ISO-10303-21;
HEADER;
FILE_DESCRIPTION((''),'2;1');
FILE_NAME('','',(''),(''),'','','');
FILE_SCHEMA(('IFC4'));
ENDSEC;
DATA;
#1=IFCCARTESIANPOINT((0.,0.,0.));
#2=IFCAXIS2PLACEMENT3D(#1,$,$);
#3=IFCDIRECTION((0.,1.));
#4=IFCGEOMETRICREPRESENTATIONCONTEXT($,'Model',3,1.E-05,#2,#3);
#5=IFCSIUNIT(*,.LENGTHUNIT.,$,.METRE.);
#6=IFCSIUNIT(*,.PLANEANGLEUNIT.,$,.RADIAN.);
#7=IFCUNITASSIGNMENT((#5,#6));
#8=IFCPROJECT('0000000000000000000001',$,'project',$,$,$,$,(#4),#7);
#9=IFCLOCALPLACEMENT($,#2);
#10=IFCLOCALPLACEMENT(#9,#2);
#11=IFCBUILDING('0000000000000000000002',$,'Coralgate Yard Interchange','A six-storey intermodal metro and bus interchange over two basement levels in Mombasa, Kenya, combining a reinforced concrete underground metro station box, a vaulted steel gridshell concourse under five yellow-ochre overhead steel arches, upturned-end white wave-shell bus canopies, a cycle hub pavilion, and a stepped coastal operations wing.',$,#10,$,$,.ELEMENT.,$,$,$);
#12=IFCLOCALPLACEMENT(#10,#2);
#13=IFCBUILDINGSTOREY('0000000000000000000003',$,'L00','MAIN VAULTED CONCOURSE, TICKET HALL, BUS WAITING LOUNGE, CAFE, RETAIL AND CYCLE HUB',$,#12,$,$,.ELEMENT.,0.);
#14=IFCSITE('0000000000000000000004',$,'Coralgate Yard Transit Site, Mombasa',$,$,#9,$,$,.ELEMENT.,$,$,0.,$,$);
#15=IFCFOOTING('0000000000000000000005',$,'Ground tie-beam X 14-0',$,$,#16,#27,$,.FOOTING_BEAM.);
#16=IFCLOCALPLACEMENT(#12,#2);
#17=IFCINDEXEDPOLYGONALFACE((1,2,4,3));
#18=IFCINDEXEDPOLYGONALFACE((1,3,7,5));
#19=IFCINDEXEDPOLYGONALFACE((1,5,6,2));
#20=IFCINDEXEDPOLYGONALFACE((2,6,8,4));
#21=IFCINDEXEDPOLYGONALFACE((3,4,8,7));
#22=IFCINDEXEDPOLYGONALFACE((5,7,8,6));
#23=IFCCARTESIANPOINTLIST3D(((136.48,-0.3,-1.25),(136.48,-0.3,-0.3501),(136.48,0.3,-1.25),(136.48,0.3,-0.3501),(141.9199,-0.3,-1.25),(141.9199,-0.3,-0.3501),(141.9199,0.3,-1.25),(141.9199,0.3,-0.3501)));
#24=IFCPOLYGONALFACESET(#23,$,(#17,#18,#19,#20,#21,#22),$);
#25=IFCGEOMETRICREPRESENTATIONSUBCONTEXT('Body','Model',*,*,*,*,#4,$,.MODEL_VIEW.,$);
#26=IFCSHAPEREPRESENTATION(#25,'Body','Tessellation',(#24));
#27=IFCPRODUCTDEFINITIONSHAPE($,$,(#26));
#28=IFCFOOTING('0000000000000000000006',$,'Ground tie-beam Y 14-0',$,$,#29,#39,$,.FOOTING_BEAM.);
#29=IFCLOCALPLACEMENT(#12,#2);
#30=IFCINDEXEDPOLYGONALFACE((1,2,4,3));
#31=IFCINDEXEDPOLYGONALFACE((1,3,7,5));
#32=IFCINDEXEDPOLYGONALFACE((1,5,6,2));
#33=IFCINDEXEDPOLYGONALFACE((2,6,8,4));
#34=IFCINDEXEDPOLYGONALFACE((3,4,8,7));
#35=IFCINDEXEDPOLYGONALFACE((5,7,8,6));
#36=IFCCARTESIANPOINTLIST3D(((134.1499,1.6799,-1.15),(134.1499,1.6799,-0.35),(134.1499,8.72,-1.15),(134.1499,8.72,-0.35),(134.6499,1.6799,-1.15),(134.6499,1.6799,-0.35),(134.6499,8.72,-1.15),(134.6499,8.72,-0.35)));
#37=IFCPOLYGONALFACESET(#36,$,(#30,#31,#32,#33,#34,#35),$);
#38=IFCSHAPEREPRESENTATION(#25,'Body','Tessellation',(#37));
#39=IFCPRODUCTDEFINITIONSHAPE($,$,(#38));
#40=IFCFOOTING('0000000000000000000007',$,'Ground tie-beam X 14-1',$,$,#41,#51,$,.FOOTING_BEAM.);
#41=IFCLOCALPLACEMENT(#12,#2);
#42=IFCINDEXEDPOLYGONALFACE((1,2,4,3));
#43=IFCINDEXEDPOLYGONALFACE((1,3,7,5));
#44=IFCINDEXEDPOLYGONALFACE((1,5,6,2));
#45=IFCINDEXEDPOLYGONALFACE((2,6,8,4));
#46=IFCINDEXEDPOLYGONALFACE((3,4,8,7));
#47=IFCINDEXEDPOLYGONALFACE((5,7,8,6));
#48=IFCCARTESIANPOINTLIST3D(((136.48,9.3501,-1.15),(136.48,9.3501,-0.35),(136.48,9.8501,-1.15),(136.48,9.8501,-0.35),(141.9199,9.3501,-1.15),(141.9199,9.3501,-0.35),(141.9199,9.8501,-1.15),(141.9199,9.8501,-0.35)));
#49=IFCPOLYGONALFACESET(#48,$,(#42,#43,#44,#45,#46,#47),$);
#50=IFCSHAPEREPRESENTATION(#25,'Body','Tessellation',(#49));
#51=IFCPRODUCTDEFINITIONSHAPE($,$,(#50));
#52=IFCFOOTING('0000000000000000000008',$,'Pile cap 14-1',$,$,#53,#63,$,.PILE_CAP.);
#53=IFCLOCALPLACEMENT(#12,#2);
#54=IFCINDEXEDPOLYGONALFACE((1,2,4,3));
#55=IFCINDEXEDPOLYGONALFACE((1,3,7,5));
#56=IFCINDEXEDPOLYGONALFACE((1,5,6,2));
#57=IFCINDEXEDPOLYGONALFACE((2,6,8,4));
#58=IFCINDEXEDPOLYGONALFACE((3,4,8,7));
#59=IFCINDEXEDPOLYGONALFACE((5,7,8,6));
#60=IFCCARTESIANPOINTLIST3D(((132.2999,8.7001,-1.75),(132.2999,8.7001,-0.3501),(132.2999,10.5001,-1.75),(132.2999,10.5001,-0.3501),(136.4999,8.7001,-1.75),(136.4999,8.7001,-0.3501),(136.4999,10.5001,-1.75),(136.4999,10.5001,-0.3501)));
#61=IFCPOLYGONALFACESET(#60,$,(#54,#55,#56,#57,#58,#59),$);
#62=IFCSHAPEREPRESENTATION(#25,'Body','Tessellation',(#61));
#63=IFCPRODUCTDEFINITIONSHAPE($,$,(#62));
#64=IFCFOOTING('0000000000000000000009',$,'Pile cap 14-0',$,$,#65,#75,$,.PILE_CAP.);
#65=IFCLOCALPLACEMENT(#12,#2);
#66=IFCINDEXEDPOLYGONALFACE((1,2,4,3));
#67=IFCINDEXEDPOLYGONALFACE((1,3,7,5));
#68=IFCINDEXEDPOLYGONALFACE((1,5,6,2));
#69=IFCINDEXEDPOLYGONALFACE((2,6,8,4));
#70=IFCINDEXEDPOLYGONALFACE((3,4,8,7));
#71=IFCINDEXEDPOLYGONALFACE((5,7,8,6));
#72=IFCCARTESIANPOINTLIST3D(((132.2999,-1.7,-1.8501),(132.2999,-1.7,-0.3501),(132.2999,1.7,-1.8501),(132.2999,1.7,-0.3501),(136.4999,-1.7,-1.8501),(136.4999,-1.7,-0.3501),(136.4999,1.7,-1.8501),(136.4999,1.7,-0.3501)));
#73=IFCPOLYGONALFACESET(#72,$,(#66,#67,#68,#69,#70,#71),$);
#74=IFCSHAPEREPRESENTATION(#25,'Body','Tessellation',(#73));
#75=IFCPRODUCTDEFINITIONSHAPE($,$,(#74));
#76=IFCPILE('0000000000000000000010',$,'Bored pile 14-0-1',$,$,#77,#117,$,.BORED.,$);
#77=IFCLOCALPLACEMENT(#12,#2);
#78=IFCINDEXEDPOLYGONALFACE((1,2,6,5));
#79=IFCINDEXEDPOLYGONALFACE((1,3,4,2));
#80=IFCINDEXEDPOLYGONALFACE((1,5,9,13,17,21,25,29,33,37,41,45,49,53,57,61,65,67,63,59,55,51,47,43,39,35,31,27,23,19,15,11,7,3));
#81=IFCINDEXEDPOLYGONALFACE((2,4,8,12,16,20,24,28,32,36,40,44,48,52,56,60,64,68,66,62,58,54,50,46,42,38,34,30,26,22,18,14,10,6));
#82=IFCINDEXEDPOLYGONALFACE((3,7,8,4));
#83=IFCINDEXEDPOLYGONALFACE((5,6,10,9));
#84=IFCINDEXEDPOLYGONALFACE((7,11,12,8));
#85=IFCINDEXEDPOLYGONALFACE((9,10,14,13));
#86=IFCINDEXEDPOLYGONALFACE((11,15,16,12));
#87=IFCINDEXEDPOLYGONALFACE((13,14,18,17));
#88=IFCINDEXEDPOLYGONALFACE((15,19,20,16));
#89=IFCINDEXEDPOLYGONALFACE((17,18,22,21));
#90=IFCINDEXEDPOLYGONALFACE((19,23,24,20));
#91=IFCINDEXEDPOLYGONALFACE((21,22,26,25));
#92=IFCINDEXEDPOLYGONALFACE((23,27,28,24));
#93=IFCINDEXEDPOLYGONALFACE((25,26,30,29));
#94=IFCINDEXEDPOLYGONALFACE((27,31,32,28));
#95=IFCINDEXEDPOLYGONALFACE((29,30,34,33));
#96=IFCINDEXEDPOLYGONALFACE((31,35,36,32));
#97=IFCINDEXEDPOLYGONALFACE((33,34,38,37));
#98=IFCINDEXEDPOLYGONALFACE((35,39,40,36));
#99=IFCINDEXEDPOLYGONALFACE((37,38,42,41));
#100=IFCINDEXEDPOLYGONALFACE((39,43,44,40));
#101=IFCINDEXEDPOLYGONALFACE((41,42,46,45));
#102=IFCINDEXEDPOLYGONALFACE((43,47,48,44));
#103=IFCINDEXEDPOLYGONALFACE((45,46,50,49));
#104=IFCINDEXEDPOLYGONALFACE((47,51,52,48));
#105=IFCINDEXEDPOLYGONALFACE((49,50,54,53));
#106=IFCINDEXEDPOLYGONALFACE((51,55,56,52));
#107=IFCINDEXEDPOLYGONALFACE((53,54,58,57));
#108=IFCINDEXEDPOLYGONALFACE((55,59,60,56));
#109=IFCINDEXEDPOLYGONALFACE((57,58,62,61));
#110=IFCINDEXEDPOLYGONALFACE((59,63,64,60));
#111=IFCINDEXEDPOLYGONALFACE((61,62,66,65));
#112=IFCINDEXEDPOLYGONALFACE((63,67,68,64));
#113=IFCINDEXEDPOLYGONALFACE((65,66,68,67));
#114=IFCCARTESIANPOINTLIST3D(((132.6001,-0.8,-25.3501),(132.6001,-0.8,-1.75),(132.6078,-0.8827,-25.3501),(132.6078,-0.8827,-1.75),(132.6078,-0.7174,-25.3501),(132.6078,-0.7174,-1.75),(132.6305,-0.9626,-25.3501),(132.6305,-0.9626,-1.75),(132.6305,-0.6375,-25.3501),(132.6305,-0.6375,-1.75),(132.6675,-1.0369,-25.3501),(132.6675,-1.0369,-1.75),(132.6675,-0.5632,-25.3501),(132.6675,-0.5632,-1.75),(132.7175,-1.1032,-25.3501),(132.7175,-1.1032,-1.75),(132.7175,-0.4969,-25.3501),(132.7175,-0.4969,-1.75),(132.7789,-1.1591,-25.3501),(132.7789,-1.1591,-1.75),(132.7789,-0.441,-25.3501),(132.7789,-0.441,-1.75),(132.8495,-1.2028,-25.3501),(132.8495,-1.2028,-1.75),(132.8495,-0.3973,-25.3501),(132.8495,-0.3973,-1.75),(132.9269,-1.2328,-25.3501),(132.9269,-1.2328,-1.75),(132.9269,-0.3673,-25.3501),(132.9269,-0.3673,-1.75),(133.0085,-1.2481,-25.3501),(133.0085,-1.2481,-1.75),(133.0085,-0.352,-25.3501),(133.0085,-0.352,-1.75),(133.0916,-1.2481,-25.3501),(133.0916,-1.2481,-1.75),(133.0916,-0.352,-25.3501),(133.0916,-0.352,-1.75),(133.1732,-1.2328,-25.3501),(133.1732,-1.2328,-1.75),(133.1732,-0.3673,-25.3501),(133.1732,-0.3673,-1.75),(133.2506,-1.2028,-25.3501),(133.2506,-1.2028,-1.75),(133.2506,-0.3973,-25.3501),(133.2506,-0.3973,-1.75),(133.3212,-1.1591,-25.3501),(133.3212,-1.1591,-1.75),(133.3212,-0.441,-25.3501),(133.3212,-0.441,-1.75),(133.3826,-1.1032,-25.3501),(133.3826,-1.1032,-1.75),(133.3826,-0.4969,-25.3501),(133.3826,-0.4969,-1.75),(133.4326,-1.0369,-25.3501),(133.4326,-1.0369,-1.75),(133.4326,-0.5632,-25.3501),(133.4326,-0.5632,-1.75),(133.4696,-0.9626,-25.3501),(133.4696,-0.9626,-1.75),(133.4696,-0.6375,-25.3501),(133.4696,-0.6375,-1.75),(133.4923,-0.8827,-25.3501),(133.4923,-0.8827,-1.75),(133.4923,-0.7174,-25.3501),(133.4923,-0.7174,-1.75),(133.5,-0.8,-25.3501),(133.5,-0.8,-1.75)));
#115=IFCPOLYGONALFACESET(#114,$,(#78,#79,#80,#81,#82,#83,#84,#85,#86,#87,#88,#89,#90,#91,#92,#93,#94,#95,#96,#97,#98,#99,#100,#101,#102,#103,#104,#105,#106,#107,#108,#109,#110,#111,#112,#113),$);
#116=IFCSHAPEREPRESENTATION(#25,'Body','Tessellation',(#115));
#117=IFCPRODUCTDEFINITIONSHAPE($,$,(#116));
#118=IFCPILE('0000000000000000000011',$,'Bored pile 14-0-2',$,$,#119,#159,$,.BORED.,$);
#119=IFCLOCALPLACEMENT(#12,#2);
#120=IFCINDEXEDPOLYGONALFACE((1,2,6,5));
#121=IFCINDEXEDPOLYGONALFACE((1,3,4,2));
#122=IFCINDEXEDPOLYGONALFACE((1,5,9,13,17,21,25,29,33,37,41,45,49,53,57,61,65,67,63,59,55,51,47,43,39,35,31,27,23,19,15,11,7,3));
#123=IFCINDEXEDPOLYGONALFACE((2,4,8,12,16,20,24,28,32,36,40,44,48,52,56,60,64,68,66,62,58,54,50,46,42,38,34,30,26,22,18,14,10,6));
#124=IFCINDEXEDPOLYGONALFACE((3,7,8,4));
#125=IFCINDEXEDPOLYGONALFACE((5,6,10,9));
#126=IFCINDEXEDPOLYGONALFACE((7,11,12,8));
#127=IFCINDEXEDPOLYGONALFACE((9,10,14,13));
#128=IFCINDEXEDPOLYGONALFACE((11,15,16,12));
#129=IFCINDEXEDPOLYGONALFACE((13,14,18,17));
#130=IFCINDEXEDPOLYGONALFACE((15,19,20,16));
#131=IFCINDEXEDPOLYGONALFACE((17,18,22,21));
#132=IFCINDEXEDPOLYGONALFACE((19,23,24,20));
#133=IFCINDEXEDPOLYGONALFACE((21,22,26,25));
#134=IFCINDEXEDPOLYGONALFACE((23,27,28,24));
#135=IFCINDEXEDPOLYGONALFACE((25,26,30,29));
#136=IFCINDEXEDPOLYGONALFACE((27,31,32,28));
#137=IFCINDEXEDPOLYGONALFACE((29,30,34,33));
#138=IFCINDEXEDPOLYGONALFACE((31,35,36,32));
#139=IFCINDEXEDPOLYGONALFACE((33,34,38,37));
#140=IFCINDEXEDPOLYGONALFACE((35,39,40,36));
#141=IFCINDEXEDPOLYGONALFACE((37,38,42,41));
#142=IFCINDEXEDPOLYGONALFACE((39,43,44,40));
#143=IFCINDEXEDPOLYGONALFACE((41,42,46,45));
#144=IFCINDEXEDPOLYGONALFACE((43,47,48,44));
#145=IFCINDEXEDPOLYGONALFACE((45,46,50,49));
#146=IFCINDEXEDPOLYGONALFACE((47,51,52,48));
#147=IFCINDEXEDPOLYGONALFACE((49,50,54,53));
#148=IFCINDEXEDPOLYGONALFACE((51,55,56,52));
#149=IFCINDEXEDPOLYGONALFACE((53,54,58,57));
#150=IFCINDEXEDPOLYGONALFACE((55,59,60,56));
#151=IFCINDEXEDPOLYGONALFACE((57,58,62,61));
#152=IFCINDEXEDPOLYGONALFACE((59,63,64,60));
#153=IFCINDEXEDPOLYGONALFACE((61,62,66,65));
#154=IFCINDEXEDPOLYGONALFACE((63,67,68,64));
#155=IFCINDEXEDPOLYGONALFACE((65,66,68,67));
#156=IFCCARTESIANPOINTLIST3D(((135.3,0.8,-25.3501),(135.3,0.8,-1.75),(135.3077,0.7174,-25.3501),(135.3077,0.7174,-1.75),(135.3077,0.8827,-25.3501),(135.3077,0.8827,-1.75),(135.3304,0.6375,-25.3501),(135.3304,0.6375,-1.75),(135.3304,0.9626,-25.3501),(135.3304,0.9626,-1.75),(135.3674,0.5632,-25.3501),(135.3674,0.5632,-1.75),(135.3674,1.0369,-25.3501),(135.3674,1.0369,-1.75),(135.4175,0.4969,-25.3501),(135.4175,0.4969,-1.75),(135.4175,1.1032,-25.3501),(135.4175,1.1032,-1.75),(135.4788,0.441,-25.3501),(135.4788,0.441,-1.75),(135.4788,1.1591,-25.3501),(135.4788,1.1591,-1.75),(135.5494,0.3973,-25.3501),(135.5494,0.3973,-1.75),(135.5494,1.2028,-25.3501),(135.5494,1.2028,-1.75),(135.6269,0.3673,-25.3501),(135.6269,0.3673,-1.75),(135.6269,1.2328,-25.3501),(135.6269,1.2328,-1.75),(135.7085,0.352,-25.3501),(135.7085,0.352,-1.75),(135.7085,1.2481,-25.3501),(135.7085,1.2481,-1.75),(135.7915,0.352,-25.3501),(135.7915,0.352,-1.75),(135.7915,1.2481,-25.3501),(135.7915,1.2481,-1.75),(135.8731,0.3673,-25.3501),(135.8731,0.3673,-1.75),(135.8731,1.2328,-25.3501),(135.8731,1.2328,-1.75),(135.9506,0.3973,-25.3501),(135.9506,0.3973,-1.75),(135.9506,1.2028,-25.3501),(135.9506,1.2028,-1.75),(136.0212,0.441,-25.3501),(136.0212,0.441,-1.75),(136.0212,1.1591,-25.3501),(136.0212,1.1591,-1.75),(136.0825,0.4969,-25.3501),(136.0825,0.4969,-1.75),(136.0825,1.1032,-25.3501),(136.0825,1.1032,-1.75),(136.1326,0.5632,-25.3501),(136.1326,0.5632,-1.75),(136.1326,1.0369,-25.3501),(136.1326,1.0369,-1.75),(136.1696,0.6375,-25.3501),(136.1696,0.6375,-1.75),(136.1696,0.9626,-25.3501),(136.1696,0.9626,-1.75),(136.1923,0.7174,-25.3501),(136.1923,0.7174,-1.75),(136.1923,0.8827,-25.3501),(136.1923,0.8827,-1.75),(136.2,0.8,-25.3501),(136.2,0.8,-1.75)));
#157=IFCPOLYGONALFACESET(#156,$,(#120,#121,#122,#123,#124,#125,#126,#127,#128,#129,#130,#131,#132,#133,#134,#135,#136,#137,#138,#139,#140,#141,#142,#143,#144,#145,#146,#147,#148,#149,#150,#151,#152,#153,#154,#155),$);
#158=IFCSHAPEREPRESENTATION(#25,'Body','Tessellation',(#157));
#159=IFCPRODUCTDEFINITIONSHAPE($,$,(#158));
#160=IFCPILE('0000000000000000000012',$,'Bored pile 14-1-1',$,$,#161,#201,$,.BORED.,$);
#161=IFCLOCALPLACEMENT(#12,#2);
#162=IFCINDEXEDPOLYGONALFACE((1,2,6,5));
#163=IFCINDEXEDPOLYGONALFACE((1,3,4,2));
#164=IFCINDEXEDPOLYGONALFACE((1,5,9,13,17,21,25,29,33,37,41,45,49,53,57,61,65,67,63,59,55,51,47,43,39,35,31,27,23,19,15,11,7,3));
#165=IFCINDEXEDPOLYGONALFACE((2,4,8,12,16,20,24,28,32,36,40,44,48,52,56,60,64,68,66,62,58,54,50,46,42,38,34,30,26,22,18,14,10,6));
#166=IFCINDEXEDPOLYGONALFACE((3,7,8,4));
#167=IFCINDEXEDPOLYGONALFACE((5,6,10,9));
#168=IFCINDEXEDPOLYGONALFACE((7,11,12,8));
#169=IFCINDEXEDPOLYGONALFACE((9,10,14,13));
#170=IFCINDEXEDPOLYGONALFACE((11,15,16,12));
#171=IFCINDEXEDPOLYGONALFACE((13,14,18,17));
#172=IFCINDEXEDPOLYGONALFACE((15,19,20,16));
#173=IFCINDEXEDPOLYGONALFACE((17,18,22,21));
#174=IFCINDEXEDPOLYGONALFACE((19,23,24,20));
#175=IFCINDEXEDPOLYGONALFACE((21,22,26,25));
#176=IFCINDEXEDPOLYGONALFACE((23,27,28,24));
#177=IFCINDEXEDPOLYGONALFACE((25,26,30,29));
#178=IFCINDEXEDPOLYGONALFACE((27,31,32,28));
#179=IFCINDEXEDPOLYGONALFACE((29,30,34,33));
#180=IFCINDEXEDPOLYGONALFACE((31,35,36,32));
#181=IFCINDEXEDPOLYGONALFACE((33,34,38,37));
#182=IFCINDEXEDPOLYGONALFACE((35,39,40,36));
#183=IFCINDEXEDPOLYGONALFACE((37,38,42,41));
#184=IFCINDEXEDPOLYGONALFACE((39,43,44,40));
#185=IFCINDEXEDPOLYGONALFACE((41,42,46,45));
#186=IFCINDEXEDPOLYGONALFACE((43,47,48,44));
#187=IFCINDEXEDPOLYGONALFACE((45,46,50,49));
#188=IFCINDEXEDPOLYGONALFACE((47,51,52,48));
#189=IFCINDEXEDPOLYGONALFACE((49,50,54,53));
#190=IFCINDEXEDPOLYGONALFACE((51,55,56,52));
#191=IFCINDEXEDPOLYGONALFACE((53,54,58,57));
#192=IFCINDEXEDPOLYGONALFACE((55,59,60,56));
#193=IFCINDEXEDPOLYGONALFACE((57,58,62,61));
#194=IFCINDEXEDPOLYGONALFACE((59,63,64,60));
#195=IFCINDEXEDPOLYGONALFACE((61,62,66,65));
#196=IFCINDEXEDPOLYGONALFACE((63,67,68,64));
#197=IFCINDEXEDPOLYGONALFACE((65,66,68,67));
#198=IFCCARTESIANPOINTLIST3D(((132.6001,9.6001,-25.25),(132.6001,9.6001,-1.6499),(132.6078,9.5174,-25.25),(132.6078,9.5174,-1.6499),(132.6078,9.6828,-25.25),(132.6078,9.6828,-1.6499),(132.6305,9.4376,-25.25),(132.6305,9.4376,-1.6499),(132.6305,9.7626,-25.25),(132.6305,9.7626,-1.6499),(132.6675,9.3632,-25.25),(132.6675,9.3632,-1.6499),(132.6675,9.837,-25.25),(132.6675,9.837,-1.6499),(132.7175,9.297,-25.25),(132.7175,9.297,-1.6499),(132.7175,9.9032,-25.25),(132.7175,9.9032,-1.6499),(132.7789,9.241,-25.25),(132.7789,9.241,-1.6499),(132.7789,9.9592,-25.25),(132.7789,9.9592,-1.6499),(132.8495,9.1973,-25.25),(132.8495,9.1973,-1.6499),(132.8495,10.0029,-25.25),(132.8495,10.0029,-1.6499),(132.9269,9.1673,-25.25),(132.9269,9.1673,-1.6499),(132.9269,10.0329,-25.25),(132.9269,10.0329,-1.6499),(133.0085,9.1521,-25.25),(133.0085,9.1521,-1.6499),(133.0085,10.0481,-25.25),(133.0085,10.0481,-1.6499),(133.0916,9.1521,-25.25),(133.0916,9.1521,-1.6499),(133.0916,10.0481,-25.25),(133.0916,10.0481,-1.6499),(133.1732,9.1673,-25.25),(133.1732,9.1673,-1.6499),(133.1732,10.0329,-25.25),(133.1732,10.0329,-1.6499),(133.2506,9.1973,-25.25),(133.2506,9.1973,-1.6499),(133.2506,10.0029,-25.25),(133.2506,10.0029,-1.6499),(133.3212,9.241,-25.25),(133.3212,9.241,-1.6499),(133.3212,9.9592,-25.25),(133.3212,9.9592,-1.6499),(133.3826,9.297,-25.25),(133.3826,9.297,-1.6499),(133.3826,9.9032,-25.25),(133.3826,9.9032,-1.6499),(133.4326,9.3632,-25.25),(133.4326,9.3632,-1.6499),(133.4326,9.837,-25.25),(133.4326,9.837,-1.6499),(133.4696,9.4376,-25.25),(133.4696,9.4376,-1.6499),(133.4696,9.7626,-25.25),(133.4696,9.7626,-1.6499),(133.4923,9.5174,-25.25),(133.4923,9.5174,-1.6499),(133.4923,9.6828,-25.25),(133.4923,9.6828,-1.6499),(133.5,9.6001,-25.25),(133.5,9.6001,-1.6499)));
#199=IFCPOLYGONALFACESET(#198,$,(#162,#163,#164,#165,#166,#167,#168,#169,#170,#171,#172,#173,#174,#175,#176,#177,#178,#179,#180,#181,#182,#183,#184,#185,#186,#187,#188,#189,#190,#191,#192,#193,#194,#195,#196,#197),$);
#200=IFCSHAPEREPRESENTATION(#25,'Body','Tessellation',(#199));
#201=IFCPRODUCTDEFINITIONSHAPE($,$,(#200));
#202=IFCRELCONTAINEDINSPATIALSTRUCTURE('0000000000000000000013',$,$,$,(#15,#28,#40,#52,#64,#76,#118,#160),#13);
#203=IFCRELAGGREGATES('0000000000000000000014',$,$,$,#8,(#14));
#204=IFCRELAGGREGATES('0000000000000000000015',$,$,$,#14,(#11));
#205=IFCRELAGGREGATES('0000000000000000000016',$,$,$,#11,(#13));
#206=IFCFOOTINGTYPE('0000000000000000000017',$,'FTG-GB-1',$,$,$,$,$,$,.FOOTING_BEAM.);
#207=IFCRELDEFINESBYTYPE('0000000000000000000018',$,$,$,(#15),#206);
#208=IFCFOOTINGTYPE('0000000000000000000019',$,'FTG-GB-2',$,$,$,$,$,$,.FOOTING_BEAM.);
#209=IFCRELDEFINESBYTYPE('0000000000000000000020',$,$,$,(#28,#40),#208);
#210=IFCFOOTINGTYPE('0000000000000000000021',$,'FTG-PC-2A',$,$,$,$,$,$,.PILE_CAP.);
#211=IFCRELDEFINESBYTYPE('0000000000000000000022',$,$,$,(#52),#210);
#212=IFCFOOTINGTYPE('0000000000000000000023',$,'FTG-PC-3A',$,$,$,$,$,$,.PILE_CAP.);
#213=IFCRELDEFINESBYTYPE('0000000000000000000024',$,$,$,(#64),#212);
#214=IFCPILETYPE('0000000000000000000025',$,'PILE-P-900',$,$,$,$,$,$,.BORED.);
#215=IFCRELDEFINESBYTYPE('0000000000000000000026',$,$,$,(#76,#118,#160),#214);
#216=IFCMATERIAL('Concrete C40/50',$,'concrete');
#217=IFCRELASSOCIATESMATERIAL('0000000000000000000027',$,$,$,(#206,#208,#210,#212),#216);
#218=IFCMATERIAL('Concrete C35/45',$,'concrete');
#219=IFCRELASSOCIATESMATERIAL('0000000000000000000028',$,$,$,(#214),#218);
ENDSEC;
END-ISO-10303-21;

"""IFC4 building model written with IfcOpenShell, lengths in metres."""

from ifc_helpers import new_model, si_unit, direction, frame, origin, origin_2d, place, context, subcontext, project, spatial, rectangle, circle, extrude, material, material_profile, profile_set, type_object, element, save


model = new_model("IFC4")

# Units and contexts
model_context = context("Model", 3, precision=1e-05, world=origin(), true_north=direction((0.0, 1.0)))
body_context = subcontext(model_context, "Body", "Model", "MODEL_VIEW")
ifc_project = project(units=[si_unit("LENGTHUNIT", "METRE"), si_unit("PLANEANGLEUNIT", "RADIAN")], contexts=[model_context])

# Site, building, storey
site_placement = place(None, origin())
site = spatial("IfcSite", under=ifc_project, at=site_placement, Name="Coralgate Yard Transit Site, Mombasa", CompositionType="ELEMENT", RefElevation=0.0)
building_placement = place(site_placement, origin())
building = spatial("IfcBuilding", under=site, at=building_placement, Name="Coralgate Yard Interchange", Description="A six-storey intermodal metro and bus interchange over two basement levels in Mombasa, Kenya, combining a reinforced concrete underground metro station box, a vaulted steel gridshell concourse under five yellow-ochre overhead steel arches, upturned-end white wave-shell bus canopies, a cycle hub pavilion, and a stepped coastal operations wing.", CompositionType="ELEMENT")
storey_placement = place(building_placement, origin())
storey = spatial("IfcBuildingStorey", under=building, at=storey_placement, Name="L00", Description="MAIN VAULTED CONCOURSE, TICKET HALL, BUS WAITING LOUNGE, CAFE, RETAIL AND CYCLE HUB", CompositionType="ELEMENT", Elevation=0.0)

# Footings
ifc_material_1 = material(Name="Concrete C40/50", Category="concrete")
ifc_material_profile_1 = material_profile(ifc_material_1, rectangle(XDim=0.6001, YDim=0.8999, at=origin_2d()), Name="RC 600x900")
ifc_profile_set_1 = profile_set([ifc_material_profile_1], Name="Concrete C40/50")
footing_type_1 = type_object("IfcFootingType", Name="FTG-GB-1", PredefinedType="FOOTING_BEAM", material=ifc_profile_set_1)
footing_1_placement = place(storey_placement, frame((136.48, 0.0, -0.8), z_axis=(1.0, 0.0, 0.0), x_axis=(0.0, 1.0, 0.0)))
element("IfcFooting", 1, at=footing_1_placement, inside=storey, type_object=footing_type_1, Name="Ground tie-beam X 14-0", PredefinedType="FOOTING_BEAM", context=body_context, shape_type="SweptSolid", body=[
    extrude(rectangle(XDim=0.6001, YDim=0.8999, at=origin_2d()), origin(), (0.0, 0.0, 1.0), 5.4399),
])
ifc_material_profile_2 = material_profile(ifc_material_1, rectangle(XDim=0.5, YDim=0.8, at=origin_2d()), Name="RC 500x800")
ifc_profile_set_2 = profile_set([ifc_material_profile_2], Name="Concrete C40/50")
footing_type_2 = type_object("IfcFootingType", Name="FTG-GB-2", PredefinedType="FOOTING_BEAM", material=ifc_profile_set_2)
footing_2_placement = place(storey_placement, frame((134.3999, 1.6799, -0.75), z_axis=(0.0, 1.0, 0.0), x_axis=(-1.0, 0.0, 0.0)))
element("IfcFooting", 2, at=footing_2_placement, inside=storey, type_object=footing_type_2, Name="Ground tie-beam Y 14-0", PredefinedType="FOOTING_BEAM", context=body_context, shape_type="SweptSolid", body=[
    extrude(rectangle(XDim=0.5, YDim=0.8, at=origin_2d()), origin(), (0.0, 0.0, 1.0), 7.04),
])
footing_3_placement = place(storey_placement, frame((136.48, 9.6001, -0.75), z_axis=(1.0, 0.0, 0.0), x_axis=(0.0, 1.0, 0.0)))
element("IfcFooting", 3, at=footing_3_placement, inside=storey, type_object=footing_type_2, Name="Ground tie-beam X 14-1", PredefinedType="FOOTING_BEAM", context=body_context, shape_type="SweptSolid", body=[
    extrude(rectangle(XDim=0.5, YDim=0.8, at=origin_2d()), origin(), (0.0, 0.0, 1.0), 5.4399),
])
footing_type_3 = type_object("IfcFootingType", Name="FTG-PC-2A", PredefinedType="PILE_CAP", material=ifc_material_1)
footing_4_placement = place(storey_placement, frame((134.3999, 9.6001, -1.75), z_axis=(0.0, 0.0, 1.0), x_axis=(1.0, 0.0, 0.0)))
element("IfcFooting", 4, at=footing_4_placement, inside=storey, type_object=footing_type_3, Name="Pile cap 14-1", PredefinedType="PILE_CAP", context=body_context, shape_type="SweptSolid", body=[
    extrude(rectangle(XDim=4.2, YDim=1.8, at=origin_2d()), origin(), (0.0, 0.0, 1.0), 1.3999),
])
footing_type_4 = type_object("IfcFootingType", Name="FTG-PC-3A", PredefinedType="PILE_CAP", material=ifc_material_1)
footing_5_placement = place(storey_placement, frame((134.3999, 0.0, -1.8501), z_axis=(0.0, 0.0, 1.0), x_axis=(1.0, 0.0, 0.0)))
element("IfcFooting", 5, at=footing_5_placement, inside=storey, type_object=footing_type_4, Name="Pile cap 14-0", PredefinedType="PILE_CAP", context=body_context, shape_type="SweptSolid", body=[
    extrude(rectangle(XDim=4.2, YDim=3.3999, at=origin_2d()), origin(), (0.0, 0.0, 1.0), 1.5),
])

# Piles
ifc_material_2 = material(Name="Concrete C35/45", Category="concrete")
ifc_material_profile_3 = material_profile(ifc_material_2, circle(Radius=0.45, at=origin_2d()), Name="BORED PILE D900")
ifc_profile_set_3 = profile_set([ifc_material_profile_3], Name="Concrete C35/45")
pile_type = type_object("IfcPileType", Name="PILE-P-900", PredefinedType="BORED", material=ifc_profile_set_3)
for number, where, z_axis, x_axis, name in (
    (6, (133.05, -0.8, -1.75), (0.0, 0.0, -1.0), (1.0, 0.0, 0.0), "Bored pile 14-0-1"),
    (7, (135.75, 0.8, -1.75), (0.0, 0.0, -1.0), (1.0, 0.0, 0.0), "Bored pile 14-0-2"),
    (8, (133.05, 9.6001, -1.6499), (0.0, 0.0, -1.0), (1.0, 0.0, 0.0), "Bored pile 14-1-1"),
):
    element("IfcPile", number, at=place(storey_placement, frame(where, z_axis=z_axis, x_axis=x_axis)), inside=storey, type_object=pile_type, Name=name, PredefinedType="BORED", context=body_context, shape_type="SweptSolid", body=[
        extrude(circle(Radius=0.45, at=origin_2d()), origin(), (0.0, 0.0, 1.0), 23.6001),
    ])

save(model, "model.ifc")
